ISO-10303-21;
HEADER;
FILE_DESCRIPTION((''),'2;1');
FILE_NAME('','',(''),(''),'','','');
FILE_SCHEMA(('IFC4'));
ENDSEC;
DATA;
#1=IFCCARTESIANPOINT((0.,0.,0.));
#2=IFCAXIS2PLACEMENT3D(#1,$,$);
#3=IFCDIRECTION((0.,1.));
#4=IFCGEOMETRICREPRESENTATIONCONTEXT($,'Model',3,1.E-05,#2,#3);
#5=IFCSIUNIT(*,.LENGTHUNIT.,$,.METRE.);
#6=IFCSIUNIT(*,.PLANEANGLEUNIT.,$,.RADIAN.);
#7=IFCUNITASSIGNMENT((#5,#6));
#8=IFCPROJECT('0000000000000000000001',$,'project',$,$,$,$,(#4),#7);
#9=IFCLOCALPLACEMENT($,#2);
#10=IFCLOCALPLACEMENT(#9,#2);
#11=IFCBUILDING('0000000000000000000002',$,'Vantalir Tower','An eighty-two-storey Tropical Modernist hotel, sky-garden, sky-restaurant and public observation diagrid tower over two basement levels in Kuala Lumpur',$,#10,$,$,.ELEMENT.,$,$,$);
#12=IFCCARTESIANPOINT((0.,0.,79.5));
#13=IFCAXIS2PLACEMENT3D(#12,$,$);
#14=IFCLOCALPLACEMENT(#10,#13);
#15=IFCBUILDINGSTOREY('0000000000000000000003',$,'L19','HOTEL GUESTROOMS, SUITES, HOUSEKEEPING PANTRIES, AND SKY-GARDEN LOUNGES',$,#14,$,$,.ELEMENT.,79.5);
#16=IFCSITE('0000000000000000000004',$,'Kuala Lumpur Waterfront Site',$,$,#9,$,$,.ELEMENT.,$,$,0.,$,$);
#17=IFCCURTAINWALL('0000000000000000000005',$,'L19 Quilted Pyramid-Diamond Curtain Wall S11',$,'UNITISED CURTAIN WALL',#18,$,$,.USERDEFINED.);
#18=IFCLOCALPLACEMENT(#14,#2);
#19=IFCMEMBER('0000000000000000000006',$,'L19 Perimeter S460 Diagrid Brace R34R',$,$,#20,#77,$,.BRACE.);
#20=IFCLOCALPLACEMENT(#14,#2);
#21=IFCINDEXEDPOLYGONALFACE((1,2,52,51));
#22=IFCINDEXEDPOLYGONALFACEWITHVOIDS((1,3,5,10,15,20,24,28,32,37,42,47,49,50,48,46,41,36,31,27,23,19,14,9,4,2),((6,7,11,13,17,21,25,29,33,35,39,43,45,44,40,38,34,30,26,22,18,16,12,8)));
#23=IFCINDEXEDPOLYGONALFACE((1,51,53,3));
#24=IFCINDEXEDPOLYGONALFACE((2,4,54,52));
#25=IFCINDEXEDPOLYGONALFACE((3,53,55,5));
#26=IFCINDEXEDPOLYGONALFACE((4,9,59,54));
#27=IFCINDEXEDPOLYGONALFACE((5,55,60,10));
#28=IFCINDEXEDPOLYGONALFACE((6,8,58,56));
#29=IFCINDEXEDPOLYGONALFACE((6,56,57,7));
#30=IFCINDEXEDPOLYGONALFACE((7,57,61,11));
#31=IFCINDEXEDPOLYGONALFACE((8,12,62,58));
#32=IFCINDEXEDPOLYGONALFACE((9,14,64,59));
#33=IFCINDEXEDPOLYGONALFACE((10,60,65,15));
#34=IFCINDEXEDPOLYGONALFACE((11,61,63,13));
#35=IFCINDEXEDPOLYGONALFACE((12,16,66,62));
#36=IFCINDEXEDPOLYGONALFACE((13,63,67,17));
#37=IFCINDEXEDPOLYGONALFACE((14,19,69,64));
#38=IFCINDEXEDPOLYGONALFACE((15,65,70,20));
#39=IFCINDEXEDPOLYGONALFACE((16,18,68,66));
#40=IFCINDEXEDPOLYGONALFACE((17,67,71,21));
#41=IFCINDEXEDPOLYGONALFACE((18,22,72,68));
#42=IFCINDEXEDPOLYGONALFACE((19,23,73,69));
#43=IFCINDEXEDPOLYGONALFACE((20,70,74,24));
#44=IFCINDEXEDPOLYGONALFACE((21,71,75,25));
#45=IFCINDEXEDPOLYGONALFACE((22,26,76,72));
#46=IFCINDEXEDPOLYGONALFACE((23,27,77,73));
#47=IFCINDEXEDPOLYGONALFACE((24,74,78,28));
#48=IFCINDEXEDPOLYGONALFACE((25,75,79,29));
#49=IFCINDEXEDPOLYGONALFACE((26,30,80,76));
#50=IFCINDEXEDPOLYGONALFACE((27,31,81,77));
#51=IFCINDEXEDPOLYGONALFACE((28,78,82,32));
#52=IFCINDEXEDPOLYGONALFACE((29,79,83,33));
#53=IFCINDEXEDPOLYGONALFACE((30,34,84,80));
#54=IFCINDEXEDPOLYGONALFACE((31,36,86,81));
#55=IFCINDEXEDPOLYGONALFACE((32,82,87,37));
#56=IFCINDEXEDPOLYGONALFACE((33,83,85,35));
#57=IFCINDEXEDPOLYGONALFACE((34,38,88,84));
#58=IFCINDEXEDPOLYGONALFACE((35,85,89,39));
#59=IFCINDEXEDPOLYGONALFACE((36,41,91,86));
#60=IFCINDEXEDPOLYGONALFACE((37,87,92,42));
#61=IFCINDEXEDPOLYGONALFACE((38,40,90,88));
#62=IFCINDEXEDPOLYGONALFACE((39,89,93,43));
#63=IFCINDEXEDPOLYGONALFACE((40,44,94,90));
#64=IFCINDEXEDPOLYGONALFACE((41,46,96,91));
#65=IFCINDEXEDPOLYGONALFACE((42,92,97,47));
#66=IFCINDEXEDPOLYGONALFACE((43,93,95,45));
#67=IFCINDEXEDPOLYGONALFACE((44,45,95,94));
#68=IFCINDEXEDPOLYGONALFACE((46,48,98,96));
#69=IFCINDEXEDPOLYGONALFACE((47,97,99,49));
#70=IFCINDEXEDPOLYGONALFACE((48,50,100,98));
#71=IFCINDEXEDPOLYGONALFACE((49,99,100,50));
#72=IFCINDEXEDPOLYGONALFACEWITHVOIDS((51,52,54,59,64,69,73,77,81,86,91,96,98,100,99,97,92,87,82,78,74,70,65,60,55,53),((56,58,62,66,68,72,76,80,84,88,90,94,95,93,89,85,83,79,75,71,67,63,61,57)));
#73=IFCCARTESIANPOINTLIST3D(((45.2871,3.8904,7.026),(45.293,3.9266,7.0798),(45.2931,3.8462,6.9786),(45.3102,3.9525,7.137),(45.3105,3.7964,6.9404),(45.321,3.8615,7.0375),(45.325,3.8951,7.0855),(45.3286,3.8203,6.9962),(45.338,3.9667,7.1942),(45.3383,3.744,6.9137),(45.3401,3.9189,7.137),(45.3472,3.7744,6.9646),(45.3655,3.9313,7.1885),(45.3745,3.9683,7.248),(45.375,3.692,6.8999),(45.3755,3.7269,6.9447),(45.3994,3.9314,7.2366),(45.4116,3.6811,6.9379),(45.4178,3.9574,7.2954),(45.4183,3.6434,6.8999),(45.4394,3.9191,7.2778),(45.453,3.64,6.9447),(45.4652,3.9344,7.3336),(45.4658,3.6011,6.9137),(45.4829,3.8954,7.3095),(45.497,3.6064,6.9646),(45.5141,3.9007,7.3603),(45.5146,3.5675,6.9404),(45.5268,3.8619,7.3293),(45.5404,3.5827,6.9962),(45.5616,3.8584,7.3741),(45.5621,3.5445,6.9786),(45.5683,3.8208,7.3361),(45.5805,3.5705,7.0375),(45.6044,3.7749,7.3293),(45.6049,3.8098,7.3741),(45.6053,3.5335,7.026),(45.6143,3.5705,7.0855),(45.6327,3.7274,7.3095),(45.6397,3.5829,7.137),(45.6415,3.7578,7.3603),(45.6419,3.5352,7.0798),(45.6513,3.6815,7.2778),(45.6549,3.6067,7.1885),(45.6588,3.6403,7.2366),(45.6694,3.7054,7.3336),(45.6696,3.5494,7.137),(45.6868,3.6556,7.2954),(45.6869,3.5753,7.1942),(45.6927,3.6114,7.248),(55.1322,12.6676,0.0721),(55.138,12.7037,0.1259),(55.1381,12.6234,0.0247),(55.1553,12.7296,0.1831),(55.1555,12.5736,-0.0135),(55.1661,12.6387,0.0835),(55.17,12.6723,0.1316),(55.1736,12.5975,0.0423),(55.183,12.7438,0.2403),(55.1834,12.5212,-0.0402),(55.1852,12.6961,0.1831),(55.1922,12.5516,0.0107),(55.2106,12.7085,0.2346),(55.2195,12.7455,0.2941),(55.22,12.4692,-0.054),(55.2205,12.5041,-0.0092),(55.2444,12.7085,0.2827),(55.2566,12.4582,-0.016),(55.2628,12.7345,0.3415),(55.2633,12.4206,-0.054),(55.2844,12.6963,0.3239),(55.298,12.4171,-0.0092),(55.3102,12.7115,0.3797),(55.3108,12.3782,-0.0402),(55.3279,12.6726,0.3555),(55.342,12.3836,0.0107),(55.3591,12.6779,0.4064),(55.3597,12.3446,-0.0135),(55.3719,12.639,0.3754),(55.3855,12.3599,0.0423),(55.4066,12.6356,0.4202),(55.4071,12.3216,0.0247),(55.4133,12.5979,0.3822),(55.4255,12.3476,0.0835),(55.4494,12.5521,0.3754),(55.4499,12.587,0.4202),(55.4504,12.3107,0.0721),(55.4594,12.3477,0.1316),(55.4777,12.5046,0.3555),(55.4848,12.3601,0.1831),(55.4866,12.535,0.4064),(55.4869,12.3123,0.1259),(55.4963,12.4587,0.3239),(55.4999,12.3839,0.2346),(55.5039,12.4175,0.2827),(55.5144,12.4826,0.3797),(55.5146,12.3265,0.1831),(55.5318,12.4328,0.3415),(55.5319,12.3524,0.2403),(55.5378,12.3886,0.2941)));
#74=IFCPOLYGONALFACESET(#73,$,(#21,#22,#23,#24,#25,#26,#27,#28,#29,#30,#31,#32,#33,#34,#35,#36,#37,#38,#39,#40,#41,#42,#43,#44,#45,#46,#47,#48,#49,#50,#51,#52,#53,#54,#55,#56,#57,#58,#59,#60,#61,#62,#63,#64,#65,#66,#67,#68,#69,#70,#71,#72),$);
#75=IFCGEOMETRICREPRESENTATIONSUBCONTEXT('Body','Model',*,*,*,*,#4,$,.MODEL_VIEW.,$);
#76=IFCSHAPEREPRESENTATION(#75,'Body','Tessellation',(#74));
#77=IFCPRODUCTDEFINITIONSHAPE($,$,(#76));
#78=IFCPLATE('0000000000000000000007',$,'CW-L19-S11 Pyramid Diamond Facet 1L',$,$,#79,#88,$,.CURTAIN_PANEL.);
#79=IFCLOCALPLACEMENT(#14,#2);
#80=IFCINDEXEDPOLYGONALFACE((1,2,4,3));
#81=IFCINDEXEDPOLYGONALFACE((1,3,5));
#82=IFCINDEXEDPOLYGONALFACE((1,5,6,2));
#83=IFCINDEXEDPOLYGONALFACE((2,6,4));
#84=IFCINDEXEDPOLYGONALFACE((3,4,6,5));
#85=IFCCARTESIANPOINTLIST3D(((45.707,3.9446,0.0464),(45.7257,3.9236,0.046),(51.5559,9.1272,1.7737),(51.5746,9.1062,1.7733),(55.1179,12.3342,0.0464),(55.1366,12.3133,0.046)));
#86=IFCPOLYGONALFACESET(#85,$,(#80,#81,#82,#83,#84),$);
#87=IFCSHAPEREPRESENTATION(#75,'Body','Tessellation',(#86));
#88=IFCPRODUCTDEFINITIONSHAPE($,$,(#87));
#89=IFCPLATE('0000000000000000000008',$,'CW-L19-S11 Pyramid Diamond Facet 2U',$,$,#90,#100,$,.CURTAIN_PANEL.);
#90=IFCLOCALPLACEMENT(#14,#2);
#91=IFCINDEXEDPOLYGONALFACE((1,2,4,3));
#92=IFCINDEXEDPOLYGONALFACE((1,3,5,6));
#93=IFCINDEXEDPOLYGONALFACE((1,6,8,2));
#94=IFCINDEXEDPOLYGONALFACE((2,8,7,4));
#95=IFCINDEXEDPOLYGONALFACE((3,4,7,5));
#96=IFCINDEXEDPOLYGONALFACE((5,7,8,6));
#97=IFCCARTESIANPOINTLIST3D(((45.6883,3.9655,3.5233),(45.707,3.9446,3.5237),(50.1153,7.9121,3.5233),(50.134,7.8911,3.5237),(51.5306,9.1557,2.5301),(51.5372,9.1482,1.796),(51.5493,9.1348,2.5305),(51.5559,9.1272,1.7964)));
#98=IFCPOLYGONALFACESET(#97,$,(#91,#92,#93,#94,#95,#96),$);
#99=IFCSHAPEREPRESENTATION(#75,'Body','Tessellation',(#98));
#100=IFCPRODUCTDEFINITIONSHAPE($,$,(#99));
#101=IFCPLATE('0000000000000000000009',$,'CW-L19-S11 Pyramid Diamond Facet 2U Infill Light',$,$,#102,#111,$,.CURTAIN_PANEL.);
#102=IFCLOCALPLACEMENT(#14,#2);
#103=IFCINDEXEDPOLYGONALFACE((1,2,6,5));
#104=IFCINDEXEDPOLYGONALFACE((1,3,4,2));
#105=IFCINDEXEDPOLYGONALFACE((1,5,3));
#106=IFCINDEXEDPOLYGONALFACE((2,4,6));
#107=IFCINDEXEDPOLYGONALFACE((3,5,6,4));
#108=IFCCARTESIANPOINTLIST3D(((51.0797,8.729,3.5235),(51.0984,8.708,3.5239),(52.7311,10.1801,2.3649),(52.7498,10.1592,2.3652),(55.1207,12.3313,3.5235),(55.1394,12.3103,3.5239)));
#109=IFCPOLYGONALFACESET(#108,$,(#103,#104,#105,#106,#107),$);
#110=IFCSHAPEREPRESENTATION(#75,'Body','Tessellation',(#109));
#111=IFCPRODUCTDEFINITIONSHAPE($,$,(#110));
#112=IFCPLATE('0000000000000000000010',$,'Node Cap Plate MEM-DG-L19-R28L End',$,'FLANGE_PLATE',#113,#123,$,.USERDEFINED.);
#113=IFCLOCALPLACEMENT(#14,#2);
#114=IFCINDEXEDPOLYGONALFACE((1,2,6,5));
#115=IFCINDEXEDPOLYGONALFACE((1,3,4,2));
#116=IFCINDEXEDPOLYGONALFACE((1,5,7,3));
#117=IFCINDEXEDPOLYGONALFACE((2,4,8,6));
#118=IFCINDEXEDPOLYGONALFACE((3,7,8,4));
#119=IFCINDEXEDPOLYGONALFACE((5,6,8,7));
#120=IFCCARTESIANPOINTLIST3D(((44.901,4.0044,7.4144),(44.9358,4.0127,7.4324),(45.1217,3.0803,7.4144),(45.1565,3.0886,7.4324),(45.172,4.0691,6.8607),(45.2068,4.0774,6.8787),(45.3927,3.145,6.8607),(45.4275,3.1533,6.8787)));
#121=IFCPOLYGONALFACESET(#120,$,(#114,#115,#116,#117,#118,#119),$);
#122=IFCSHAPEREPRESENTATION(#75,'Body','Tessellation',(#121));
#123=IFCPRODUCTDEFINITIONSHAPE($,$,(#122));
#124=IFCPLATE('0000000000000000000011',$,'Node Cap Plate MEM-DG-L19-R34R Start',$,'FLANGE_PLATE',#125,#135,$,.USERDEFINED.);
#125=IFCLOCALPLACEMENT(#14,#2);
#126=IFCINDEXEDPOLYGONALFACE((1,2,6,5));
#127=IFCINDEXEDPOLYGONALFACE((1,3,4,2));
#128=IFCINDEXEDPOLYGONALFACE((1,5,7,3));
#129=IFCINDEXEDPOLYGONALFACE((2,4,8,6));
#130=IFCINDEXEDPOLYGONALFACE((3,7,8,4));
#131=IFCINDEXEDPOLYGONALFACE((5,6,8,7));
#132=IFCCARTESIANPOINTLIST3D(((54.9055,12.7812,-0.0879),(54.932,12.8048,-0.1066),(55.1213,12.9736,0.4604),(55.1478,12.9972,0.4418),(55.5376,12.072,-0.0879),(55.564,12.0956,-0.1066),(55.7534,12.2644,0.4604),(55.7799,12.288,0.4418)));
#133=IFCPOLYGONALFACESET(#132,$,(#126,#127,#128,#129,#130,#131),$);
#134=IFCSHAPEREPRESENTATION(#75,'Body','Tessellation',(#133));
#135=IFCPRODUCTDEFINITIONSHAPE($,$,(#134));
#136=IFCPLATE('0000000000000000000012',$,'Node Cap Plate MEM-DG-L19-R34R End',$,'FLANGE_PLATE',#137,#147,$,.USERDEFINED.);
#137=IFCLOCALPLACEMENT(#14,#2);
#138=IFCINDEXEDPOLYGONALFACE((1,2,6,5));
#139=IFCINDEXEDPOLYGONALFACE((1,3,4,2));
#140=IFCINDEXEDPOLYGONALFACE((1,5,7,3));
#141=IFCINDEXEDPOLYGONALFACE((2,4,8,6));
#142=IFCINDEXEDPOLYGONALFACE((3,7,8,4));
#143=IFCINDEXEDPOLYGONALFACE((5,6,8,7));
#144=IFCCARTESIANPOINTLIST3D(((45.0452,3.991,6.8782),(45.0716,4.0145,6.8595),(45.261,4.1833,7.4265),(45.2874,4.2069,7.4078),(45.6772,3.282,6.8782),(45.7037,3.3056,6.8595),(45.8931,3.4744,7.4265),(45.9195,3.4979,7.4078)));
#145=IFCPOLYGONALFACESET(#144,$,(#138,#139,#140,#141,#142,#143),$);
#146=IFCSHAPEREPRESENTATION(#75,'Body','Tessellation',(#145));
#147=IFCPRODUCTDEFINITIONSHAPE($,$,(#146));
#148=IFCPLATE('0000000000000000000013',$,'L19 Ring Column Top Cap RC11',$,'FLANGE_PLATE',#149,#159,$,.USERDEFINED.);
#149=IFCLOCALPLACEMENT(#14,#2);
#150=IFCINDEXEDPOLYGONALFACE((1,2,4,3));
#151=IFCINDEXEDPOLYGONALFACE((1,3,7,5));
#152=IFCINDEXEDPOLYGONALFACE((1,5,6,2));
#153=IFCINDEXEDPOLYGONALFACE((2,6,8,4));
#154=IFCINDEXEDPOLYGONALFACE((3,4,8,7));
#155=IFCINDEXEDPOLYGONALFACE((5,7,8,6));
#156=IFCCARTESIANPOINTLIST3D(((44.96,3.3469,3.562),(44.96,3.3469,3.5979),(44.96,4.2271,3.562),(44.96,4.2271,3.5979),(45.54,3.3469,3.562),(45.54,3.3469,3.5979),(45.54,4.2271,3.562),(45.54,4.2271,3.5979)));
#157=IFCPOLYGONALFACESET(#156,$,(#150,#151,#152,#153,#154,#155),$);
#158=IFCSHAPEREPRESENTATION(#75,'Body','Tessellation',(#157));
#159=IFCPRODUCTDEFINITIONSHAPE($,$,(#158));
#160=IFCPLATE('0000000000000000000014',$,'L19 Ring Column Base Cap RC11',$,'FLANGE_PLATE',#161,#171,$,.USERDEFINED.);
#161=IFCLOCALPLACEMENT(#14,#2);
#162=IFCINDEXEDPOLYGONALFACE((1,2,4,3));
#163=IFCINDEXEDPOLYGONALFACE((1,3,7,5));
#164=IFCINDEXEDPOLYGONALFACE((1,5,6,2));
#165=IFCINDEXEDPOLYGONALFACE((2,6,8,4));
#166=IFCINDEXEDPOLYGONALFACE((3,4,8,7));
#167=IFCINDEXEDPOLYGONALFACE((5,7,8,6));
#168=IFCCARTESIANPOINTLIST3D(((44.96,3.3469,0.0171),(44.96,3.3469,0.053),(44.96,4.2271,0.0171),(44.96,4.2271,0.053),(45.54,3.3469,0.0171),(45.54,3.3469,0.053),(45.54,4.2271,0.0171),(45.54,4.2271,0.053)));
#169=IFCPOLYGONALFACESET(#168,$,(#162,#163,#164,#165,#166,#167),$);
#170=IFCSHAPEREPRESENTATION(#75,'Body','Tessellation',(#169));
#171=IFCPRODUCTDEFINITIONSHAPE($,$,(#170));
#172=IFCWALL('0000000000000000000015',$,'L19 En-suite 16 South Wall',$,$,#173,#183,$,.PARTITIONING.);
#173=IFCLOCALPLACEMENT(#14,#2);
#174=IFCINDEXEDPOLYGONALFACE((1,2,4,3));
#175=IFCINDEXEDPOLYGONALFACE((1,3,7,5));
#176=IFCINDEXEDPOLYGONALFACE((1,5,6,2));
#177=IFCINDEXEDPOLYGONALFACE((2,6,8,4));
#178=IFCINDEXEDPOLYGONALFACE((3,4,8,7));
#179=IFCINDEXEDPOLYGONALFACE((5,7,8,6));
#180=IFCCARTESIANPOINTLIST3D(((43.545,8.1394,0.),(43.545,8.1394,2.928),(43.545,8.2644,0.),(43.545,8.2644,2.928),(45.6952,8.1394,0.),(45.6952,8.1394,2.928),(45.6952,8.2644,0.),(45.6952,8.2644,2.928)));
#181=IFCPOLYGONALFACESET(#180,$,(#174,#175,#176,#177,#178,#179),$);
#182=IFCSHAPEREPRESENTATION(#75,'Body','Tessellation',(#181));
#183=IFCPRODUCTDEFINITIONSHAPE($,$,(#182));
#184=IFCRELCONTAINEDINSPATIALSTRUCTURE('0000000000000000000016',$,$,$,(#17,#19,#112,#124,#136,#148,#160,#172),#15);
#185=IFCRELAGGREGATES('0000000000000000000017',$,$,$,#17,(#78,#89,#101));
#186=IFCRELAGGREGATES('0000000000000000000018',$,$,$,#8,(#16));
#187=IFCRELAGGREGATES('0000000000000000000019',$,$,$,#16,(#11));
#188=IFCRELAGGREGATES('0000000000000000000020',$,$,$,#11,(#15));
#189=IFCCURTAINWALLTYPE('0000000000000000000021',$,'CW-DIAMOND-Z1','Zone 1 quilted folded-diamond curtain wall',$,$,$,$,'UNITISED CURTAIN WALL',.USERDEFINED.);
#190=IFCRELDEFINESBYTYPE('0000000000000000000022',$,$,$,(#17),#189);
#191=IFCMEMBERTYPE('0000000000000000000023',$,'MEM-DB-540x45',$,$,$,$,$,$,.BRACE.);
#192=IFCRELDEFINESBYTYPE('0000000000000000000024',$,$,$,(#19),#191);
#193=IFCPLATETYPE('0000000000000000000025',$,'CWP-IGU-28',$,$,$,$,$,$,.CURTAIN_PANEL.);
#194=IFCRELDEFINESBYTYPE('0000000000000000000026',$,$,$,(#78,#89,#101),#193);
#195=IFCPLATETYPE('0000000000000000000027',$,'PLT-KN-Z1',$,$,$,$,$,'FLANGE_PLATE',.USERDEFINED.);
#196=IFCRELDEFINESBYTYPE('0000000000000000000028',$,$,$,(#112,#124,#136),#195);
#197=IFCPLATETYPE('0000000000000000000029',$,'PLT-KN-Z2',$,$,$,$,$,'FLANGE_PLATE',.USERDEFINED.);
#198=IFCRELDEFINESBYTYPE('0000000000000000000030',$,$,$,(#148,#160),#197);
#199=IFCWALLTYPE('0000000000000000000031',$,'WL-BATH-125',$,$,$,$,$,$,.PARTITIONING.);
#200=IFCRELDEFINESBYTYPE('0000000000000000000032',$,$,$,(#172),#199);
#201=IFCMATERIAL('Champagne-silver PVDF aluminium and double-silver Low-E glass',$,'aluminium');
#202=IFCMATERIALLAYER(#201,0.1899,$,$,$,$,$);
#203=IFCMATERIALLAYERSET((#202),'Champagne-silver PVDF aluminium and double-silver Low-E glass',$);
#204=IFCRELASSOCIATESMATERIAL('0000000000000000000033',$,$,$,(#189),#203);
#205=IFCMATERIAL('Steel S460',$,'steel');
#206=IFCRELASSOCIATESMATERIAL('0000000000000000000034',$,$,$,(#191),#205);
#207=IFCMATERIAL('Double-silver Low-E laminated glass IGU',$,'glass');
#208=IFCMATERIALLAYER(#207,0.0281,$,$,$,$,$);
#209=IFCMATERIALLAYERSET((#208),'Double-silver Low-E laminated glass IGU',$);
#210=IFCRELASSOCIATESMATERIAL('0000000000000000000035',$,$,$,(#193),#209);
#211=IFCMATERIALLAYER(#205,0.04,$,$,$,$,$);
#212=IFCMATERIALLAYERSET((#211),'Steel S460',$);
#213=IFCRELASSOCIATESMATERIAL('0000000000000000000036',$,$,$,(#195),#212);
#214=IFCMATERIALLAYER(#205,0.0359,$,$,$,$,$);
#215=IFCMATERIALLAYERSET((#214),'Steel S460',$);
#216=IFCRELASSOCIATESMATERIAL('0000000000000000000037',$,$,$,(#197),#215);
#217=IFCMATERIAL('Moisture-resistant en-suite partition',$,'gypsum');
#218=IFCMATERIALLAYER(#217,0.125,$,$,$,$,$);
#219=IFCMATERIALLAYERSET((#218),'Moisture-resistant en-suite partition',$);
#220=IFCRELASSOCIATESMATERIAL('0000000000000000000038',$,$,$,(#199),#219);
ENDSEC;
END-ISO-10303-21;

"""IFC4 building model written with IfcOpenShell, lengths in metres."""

from ifc_helpers import new_model, si_unit, direction, frame, frame_2d, origin, origin_2d, place, context, subcontext, project, spatial, polyline, rectangle, hollow_circle, outline, extrude, material, layer, layer_set, material_profile, profile_set, type_object, element, aggregate, save


model = new_model("IFC4")

# Units and contexts
model_context = context("Model", 3, precision=1e-05, world=origin(), true_north=direction((0.0, 1.0)))
body_context = subcontext(model_context, "Body", "Model", "MODEL_VIEW")
ifc_project = project(units=[si_unit("LENGTHUNIT", "METRE"), si_unit("PLANEANGLEUNIT", "RADIAN")], contexts=[model_context])

# Site, building, storey
site_placement = place(None, origin())
site = spatial("IfcSite", under=ifc_project, at=site_placement, Name="Kuala Lumpur Waterfront Site", CompositionType="ELEMENT", RefElevation=0.0)
building_placement = place(site_placement, origin())
building = spatial("IfcBuilding", under=site, at=building_placement, Name="Vantalir Tower", Description="An eighty-two-storey Tropical Modernist hotel, sky-garden, sky-restaurant and public observation diagrid tower over two basement levels in Kuala Lumpur", CompositionType="ELEMENT")
storey_placement = place(building_placement, frame((0.0, 0.0, 79.5)))
storey = spatial("IfcBuildingStorey", under=building, at=storey_placement, Name="L19", Description="HOTEL GUESTROOMS, SUITES, HOUSEKEEPING PANTRIES, AND SKY-GARDEN LOUNGES", CompositionType="ELEMENT", Elevation=79.5)

# Shared definitions
ifc_material_1 = material(Name="Steel S460", Category="steel")

# Shared definitions
ifc_material_2 = material(Name="Champagne-silver PVDF aluminium and double-silver Low-E glass", Category="aluminium")
ifc_layer_1 = layer(ifc_material_2, 0.1899)
ifc_layer_set_1 = layer_set([ifc_layer_1], Name="Champagne-silver PVDF aluminium and double-silver Low-E glass")
curtain_wall_type = type_object("IfcCurtainWallType", Name="CW-DIAMOND-Z1", Description="Zone 1 quilted folded-diamond curtain wall", ElementType="UNITISED CURTAIN WALL", PredefinedType="USERDEFINED", material=ifc_layer_set_1)

# Curtain wall
curtain_wall_1_placement = place(storey_placement, origin())
curtain_wall_1 = element("IfcCurtainWall", 1, at=curtain_wall_1_placement, inside=storey, type_object=curtain_wall_type, Name="L19 Quilted Pyramid-Diamond Curtain Wall S11", ObjectType="UNITISED CURTAIN WALL", PredefinedType="USERDEFINED")

# Member
ifc_material_profile_1 = material_profile(ifc_material_1, hollow_circle(Radius=0.27, WallThickness=0.0449, at=origin_2d()), Name="Steel S460")
ifc_profile_set_1 = profile_set([ifc_material_profile_1], Name="Steel S460")
member_type_1 = type_object("IfcMemberType", Name="MEM-DB-540x45", PredefinedType="BRACE", material=ifc_profile_set_1)
member_1_placement = place(storey_placement, frame((55.335, 12.5281, 0.1831), z_axis=(-0.66028, -0.58866, 0.466379), x_axis=(0.665465, -0.746429, 0.0)))
element("IfcMember", 2, at=member_1_placement, inside=storey, type_object=member_type_1, Name="L19 Perimeter S460 Diagrid Brace R34R", PredefinedType="BRACE", context=body_context, shape_type="SweptSolid", body=[
    extrude(hollow_circle(Radius=0.27, WallThickness=0.0449, at=origin_2d()), origin(), (0.0, 0.0, 1.0), 14.9104),
])

# Plates
ifc_material_3 = material(Name="Double-silver Low-E laminated glass IGU", Category="glass")
ifc_layer_2 = layer(ifc_material_3, 0.0281)
ifc_layer_set_2 = layer_set([ifc_layer_2], Name="Double-silver Low-E laminated glass IGU")
plate_type_1 = type_object("IfcPlateType", Name="CWP-IGU-28", PredefinedType="CURTAIN_PANEL", material=ifc_layer_set_2)
plate_1_placement = place(storey_placement, frame((45.707, 3.9446, 0.0464), z_axis=(-0.665383, 0.746378, 0.013636), x_axis=(0.746447, 0.665445, 0.0)))
plate_1 = element("IfcPlate", 3, at=plate_1_placement, type_object=plate_type_1, Name="CW-L19-S11 Pyramid Diamond Facet 1L", PredefinedType="CURTAIN_PANEL", context=body_context, shape_type="SweptSolid", body=[
    extrude(outline(polyline([(0.0, 0.0), (12.6076, 0.0), (7.8146, -1.7275), (0.0, 0.0)])), origin(), (0.0, 0.0, -1.0), 0.0281),
])
plate_2_placement = place(storey_placement, frame((45.707, 3.9446, 3.5237), z_axis=(0.665383, -0.746378, 0.013608), x_axis=(0.746447, 0.665444, 0.0)))
plate_2 = element("IfcPlate", 4, at=plate_2_placement, type_object=plate_type_1, Name="CW-L19-S11 Pyramid Diamond Facet 2U", PredefinedType="CURTAIN_PANEL", context=body_context, shape_type="SweptSolid", body=[
    extrude(outline(polyline([(0.0, 0.0), (5.9307, 0.0), (7.8147, -0.9933), (7.8146, -1.7275), (0.0, 0.0)])), origin(), (0.0, 0.0, -1.0), 0.0281),
])
plate_3_placement = place(storey_placement, frame((51.0984, 8.708, 3.5239), z_axis=(0.665364, -0.746398, 0.013471), x_axis=(0.746466, 0.665424, 0.0)))
plate_3 = element("IfcPlate", 5, at=plate_3_placement, type_object=plate_type_1, Name="CW-L19-S11 Pyramid Diamond Facet 2U Infill Light", PredefinedType="CURTAIN_PANEL", context=body_context, shape_type="SweptSolid", body=[
    extrude(outline(polyline([(0.0, 0.0), (5.4135, 0.0), (2.1983, -1.1588), (0.0, 0.0)])), origin(), (0.0, 0.0, -1.0), 0.0281),
])
aggregate(curtain_wall_1, [plate_1, plate_2, plate_3])

# Plates
ifc_layer_3 = layer(ifc_material_1, 0.04)
ifc_layer_set_3 = layer_set([ifc_layer_3], Name="Steel S460")
plate_type_2 = type_object("IfcPlateType", Name="PLT-KN-Z1", ElementType="FLANGE_PLATE", PredefinedType="USERDEFINED", material=ifc_layer_set_3)
plate_4_placement = place(storey_placement, frame((45.4275, 3.1533, 6.8787), z_axis=(0.868853, 0.207515, 0.449479), x_axis=(-0.232304, 0.972643, 0.0)))
element("IfcPlate", 6, at=plate_4_placement, inside=storey, type_object=plate_type_2, Name="Node Cap Plate MEM-DG-L19-R28L End", ObjectType="FLANGE_PLATE", PredefinedType="USERDEFINED", context=body_context, shape_type="SweptSolid", body=[
    extrude(outline(polyline([(0.0, 0.0), (0.9501, 0.0), (0.9501, 0.6199), (0.0, 0.6199), (0.0, 0.0)])), origin(), (0.0, 0.0, -1.0), 0.04),
])
plate_5_placement = place(storey_placement, frame((54.9055, 12.7812, -0.0879), z_axis=(-0.660373, -0.588539, 0.466402), x_axis=(0.665336, -0.746544, 0.0)))
element("IfcPlate", 7, at=plate_5_placement, inside=storey, type_object=plate_type_2, Name="Node Cap Plate MEM-DG-L19-R34R Start", ObjectType="FLANGE_PLATE", PredefinedType="USERDEFINED", context=body_context, shape_type="SweptSolid", body=[
    extrude(outline(polyline([(0.0, 0.0), (0.95, 0.0), (0.95, 0.6199), (0.0, 0.6199), (0.0, 0.0)])), origin(), (0.0, 0.0, -1.0), 0.04),
])
plate_6_placement = place(storey_placement, frame((45.0452, 3.991, 6.8782), z_axis=(-0.660272, -0.588652, 0.466402), x_axis=(0.665464, -0.74643, 0.0)))
element("IfcPlate", 8, at=plate_6_placement, inside=storey, type_object=plate_type_2, Name="Node Cap Plate MEM-DG-L19-R34R End", ObjectType="FLANGE_PLATE", PredefinedType="USERDEFINED", context=body_context, shape_type="SweptSolid", body=[
    extrude(outline(polyline([(0.0, 0.0), (0.9498, 0.0), (0.9499, 0.6199), (0.0, 0.6199), (0.0, 0.0)])), origin(), (0.0, 0.0, -1.0), 0.04),
])
ifc_layer_4 = layer(ifc_material_1, 0.0359)
ifc_layer_set_4 = layer_set([ifc_layer_4], Name="Steel S460")
plate_type_3 = type_object("IfcPlateType", Name="PLT-KN-Z2", ElementType="FLANGE_PLATE", PredefinedType="USERDEFINED", material=ifc_layer_set_4)
for number, where, z_axis, x_axis, name in (
    (9, (44.96, 4.2271, 3.5979), (0.0, 0.0, 1.0), (0.0, -1.0, 0.0), "L19 Ring Column Top Cap RC11"),
    (10, (44.96, 4.2271, 0.053), (0.0, 0.0, 1.0), (0.0, -1.0, 0.0), "L19 Ring Column Base Cap RC11"),
):
    element("IfcPlate", number, at=place(storey_placement, frame(where, z_axis=z_axis, x_axis=x_axis)), inside=storey, type_object=plate_type_3, Name=name, ObjectType="FLANGE_PLATE", PredefinedType="USERDEFINED", context=body_context, shape_type="SweptSolid", body=[
        extrude(outline(polyline([(0.0, 0.0), (0.8801, 0.0), (0.8801, 0.5801), (0.0, 0.5801), (0.0, 0.0)])), origin(), (0.0, 0.0, -1.0), 0.0359),
    ])

# Wall
ifc_material_4 = material(Name="Moisture-resistant en-suite partition", Category="gypsum")
ifc_layer_5 = layer(ifc_material_4, 0.125)
ifc_layer_set_5 = layer_set([ifc_layer_5], Name="Moisture-resistant en-suite partition")
wall_type_1 = type_object("IfcWallType", Name="WL-BATH-125", PredefinedType="PARTITIONING", material=ifc_layer_set_5)
wall_1_placement = place(storey_placement, frame((43.5449, 8.2019, 0.0), z_axis=(0.0, 0.0, 1.0), x_axis=(1.0, 0.0, 0.0)))
element("IfcWall", 11, at=wall_1_placement, inside=storey, type_object=wall_type_1, Name="L19 En-suite 16 South Wall", PredefinedType="PARTITIONING", context=body_context, shape_type="SweptSolid", body=[
    extrude(rectangle(XDim=2.1501, YDim=0.125, at=frame_2d((1.0752, 0.0))), origin(), (0.0, 0.0, 1.0), 2.928),
])

save(model, "model.ifc")
